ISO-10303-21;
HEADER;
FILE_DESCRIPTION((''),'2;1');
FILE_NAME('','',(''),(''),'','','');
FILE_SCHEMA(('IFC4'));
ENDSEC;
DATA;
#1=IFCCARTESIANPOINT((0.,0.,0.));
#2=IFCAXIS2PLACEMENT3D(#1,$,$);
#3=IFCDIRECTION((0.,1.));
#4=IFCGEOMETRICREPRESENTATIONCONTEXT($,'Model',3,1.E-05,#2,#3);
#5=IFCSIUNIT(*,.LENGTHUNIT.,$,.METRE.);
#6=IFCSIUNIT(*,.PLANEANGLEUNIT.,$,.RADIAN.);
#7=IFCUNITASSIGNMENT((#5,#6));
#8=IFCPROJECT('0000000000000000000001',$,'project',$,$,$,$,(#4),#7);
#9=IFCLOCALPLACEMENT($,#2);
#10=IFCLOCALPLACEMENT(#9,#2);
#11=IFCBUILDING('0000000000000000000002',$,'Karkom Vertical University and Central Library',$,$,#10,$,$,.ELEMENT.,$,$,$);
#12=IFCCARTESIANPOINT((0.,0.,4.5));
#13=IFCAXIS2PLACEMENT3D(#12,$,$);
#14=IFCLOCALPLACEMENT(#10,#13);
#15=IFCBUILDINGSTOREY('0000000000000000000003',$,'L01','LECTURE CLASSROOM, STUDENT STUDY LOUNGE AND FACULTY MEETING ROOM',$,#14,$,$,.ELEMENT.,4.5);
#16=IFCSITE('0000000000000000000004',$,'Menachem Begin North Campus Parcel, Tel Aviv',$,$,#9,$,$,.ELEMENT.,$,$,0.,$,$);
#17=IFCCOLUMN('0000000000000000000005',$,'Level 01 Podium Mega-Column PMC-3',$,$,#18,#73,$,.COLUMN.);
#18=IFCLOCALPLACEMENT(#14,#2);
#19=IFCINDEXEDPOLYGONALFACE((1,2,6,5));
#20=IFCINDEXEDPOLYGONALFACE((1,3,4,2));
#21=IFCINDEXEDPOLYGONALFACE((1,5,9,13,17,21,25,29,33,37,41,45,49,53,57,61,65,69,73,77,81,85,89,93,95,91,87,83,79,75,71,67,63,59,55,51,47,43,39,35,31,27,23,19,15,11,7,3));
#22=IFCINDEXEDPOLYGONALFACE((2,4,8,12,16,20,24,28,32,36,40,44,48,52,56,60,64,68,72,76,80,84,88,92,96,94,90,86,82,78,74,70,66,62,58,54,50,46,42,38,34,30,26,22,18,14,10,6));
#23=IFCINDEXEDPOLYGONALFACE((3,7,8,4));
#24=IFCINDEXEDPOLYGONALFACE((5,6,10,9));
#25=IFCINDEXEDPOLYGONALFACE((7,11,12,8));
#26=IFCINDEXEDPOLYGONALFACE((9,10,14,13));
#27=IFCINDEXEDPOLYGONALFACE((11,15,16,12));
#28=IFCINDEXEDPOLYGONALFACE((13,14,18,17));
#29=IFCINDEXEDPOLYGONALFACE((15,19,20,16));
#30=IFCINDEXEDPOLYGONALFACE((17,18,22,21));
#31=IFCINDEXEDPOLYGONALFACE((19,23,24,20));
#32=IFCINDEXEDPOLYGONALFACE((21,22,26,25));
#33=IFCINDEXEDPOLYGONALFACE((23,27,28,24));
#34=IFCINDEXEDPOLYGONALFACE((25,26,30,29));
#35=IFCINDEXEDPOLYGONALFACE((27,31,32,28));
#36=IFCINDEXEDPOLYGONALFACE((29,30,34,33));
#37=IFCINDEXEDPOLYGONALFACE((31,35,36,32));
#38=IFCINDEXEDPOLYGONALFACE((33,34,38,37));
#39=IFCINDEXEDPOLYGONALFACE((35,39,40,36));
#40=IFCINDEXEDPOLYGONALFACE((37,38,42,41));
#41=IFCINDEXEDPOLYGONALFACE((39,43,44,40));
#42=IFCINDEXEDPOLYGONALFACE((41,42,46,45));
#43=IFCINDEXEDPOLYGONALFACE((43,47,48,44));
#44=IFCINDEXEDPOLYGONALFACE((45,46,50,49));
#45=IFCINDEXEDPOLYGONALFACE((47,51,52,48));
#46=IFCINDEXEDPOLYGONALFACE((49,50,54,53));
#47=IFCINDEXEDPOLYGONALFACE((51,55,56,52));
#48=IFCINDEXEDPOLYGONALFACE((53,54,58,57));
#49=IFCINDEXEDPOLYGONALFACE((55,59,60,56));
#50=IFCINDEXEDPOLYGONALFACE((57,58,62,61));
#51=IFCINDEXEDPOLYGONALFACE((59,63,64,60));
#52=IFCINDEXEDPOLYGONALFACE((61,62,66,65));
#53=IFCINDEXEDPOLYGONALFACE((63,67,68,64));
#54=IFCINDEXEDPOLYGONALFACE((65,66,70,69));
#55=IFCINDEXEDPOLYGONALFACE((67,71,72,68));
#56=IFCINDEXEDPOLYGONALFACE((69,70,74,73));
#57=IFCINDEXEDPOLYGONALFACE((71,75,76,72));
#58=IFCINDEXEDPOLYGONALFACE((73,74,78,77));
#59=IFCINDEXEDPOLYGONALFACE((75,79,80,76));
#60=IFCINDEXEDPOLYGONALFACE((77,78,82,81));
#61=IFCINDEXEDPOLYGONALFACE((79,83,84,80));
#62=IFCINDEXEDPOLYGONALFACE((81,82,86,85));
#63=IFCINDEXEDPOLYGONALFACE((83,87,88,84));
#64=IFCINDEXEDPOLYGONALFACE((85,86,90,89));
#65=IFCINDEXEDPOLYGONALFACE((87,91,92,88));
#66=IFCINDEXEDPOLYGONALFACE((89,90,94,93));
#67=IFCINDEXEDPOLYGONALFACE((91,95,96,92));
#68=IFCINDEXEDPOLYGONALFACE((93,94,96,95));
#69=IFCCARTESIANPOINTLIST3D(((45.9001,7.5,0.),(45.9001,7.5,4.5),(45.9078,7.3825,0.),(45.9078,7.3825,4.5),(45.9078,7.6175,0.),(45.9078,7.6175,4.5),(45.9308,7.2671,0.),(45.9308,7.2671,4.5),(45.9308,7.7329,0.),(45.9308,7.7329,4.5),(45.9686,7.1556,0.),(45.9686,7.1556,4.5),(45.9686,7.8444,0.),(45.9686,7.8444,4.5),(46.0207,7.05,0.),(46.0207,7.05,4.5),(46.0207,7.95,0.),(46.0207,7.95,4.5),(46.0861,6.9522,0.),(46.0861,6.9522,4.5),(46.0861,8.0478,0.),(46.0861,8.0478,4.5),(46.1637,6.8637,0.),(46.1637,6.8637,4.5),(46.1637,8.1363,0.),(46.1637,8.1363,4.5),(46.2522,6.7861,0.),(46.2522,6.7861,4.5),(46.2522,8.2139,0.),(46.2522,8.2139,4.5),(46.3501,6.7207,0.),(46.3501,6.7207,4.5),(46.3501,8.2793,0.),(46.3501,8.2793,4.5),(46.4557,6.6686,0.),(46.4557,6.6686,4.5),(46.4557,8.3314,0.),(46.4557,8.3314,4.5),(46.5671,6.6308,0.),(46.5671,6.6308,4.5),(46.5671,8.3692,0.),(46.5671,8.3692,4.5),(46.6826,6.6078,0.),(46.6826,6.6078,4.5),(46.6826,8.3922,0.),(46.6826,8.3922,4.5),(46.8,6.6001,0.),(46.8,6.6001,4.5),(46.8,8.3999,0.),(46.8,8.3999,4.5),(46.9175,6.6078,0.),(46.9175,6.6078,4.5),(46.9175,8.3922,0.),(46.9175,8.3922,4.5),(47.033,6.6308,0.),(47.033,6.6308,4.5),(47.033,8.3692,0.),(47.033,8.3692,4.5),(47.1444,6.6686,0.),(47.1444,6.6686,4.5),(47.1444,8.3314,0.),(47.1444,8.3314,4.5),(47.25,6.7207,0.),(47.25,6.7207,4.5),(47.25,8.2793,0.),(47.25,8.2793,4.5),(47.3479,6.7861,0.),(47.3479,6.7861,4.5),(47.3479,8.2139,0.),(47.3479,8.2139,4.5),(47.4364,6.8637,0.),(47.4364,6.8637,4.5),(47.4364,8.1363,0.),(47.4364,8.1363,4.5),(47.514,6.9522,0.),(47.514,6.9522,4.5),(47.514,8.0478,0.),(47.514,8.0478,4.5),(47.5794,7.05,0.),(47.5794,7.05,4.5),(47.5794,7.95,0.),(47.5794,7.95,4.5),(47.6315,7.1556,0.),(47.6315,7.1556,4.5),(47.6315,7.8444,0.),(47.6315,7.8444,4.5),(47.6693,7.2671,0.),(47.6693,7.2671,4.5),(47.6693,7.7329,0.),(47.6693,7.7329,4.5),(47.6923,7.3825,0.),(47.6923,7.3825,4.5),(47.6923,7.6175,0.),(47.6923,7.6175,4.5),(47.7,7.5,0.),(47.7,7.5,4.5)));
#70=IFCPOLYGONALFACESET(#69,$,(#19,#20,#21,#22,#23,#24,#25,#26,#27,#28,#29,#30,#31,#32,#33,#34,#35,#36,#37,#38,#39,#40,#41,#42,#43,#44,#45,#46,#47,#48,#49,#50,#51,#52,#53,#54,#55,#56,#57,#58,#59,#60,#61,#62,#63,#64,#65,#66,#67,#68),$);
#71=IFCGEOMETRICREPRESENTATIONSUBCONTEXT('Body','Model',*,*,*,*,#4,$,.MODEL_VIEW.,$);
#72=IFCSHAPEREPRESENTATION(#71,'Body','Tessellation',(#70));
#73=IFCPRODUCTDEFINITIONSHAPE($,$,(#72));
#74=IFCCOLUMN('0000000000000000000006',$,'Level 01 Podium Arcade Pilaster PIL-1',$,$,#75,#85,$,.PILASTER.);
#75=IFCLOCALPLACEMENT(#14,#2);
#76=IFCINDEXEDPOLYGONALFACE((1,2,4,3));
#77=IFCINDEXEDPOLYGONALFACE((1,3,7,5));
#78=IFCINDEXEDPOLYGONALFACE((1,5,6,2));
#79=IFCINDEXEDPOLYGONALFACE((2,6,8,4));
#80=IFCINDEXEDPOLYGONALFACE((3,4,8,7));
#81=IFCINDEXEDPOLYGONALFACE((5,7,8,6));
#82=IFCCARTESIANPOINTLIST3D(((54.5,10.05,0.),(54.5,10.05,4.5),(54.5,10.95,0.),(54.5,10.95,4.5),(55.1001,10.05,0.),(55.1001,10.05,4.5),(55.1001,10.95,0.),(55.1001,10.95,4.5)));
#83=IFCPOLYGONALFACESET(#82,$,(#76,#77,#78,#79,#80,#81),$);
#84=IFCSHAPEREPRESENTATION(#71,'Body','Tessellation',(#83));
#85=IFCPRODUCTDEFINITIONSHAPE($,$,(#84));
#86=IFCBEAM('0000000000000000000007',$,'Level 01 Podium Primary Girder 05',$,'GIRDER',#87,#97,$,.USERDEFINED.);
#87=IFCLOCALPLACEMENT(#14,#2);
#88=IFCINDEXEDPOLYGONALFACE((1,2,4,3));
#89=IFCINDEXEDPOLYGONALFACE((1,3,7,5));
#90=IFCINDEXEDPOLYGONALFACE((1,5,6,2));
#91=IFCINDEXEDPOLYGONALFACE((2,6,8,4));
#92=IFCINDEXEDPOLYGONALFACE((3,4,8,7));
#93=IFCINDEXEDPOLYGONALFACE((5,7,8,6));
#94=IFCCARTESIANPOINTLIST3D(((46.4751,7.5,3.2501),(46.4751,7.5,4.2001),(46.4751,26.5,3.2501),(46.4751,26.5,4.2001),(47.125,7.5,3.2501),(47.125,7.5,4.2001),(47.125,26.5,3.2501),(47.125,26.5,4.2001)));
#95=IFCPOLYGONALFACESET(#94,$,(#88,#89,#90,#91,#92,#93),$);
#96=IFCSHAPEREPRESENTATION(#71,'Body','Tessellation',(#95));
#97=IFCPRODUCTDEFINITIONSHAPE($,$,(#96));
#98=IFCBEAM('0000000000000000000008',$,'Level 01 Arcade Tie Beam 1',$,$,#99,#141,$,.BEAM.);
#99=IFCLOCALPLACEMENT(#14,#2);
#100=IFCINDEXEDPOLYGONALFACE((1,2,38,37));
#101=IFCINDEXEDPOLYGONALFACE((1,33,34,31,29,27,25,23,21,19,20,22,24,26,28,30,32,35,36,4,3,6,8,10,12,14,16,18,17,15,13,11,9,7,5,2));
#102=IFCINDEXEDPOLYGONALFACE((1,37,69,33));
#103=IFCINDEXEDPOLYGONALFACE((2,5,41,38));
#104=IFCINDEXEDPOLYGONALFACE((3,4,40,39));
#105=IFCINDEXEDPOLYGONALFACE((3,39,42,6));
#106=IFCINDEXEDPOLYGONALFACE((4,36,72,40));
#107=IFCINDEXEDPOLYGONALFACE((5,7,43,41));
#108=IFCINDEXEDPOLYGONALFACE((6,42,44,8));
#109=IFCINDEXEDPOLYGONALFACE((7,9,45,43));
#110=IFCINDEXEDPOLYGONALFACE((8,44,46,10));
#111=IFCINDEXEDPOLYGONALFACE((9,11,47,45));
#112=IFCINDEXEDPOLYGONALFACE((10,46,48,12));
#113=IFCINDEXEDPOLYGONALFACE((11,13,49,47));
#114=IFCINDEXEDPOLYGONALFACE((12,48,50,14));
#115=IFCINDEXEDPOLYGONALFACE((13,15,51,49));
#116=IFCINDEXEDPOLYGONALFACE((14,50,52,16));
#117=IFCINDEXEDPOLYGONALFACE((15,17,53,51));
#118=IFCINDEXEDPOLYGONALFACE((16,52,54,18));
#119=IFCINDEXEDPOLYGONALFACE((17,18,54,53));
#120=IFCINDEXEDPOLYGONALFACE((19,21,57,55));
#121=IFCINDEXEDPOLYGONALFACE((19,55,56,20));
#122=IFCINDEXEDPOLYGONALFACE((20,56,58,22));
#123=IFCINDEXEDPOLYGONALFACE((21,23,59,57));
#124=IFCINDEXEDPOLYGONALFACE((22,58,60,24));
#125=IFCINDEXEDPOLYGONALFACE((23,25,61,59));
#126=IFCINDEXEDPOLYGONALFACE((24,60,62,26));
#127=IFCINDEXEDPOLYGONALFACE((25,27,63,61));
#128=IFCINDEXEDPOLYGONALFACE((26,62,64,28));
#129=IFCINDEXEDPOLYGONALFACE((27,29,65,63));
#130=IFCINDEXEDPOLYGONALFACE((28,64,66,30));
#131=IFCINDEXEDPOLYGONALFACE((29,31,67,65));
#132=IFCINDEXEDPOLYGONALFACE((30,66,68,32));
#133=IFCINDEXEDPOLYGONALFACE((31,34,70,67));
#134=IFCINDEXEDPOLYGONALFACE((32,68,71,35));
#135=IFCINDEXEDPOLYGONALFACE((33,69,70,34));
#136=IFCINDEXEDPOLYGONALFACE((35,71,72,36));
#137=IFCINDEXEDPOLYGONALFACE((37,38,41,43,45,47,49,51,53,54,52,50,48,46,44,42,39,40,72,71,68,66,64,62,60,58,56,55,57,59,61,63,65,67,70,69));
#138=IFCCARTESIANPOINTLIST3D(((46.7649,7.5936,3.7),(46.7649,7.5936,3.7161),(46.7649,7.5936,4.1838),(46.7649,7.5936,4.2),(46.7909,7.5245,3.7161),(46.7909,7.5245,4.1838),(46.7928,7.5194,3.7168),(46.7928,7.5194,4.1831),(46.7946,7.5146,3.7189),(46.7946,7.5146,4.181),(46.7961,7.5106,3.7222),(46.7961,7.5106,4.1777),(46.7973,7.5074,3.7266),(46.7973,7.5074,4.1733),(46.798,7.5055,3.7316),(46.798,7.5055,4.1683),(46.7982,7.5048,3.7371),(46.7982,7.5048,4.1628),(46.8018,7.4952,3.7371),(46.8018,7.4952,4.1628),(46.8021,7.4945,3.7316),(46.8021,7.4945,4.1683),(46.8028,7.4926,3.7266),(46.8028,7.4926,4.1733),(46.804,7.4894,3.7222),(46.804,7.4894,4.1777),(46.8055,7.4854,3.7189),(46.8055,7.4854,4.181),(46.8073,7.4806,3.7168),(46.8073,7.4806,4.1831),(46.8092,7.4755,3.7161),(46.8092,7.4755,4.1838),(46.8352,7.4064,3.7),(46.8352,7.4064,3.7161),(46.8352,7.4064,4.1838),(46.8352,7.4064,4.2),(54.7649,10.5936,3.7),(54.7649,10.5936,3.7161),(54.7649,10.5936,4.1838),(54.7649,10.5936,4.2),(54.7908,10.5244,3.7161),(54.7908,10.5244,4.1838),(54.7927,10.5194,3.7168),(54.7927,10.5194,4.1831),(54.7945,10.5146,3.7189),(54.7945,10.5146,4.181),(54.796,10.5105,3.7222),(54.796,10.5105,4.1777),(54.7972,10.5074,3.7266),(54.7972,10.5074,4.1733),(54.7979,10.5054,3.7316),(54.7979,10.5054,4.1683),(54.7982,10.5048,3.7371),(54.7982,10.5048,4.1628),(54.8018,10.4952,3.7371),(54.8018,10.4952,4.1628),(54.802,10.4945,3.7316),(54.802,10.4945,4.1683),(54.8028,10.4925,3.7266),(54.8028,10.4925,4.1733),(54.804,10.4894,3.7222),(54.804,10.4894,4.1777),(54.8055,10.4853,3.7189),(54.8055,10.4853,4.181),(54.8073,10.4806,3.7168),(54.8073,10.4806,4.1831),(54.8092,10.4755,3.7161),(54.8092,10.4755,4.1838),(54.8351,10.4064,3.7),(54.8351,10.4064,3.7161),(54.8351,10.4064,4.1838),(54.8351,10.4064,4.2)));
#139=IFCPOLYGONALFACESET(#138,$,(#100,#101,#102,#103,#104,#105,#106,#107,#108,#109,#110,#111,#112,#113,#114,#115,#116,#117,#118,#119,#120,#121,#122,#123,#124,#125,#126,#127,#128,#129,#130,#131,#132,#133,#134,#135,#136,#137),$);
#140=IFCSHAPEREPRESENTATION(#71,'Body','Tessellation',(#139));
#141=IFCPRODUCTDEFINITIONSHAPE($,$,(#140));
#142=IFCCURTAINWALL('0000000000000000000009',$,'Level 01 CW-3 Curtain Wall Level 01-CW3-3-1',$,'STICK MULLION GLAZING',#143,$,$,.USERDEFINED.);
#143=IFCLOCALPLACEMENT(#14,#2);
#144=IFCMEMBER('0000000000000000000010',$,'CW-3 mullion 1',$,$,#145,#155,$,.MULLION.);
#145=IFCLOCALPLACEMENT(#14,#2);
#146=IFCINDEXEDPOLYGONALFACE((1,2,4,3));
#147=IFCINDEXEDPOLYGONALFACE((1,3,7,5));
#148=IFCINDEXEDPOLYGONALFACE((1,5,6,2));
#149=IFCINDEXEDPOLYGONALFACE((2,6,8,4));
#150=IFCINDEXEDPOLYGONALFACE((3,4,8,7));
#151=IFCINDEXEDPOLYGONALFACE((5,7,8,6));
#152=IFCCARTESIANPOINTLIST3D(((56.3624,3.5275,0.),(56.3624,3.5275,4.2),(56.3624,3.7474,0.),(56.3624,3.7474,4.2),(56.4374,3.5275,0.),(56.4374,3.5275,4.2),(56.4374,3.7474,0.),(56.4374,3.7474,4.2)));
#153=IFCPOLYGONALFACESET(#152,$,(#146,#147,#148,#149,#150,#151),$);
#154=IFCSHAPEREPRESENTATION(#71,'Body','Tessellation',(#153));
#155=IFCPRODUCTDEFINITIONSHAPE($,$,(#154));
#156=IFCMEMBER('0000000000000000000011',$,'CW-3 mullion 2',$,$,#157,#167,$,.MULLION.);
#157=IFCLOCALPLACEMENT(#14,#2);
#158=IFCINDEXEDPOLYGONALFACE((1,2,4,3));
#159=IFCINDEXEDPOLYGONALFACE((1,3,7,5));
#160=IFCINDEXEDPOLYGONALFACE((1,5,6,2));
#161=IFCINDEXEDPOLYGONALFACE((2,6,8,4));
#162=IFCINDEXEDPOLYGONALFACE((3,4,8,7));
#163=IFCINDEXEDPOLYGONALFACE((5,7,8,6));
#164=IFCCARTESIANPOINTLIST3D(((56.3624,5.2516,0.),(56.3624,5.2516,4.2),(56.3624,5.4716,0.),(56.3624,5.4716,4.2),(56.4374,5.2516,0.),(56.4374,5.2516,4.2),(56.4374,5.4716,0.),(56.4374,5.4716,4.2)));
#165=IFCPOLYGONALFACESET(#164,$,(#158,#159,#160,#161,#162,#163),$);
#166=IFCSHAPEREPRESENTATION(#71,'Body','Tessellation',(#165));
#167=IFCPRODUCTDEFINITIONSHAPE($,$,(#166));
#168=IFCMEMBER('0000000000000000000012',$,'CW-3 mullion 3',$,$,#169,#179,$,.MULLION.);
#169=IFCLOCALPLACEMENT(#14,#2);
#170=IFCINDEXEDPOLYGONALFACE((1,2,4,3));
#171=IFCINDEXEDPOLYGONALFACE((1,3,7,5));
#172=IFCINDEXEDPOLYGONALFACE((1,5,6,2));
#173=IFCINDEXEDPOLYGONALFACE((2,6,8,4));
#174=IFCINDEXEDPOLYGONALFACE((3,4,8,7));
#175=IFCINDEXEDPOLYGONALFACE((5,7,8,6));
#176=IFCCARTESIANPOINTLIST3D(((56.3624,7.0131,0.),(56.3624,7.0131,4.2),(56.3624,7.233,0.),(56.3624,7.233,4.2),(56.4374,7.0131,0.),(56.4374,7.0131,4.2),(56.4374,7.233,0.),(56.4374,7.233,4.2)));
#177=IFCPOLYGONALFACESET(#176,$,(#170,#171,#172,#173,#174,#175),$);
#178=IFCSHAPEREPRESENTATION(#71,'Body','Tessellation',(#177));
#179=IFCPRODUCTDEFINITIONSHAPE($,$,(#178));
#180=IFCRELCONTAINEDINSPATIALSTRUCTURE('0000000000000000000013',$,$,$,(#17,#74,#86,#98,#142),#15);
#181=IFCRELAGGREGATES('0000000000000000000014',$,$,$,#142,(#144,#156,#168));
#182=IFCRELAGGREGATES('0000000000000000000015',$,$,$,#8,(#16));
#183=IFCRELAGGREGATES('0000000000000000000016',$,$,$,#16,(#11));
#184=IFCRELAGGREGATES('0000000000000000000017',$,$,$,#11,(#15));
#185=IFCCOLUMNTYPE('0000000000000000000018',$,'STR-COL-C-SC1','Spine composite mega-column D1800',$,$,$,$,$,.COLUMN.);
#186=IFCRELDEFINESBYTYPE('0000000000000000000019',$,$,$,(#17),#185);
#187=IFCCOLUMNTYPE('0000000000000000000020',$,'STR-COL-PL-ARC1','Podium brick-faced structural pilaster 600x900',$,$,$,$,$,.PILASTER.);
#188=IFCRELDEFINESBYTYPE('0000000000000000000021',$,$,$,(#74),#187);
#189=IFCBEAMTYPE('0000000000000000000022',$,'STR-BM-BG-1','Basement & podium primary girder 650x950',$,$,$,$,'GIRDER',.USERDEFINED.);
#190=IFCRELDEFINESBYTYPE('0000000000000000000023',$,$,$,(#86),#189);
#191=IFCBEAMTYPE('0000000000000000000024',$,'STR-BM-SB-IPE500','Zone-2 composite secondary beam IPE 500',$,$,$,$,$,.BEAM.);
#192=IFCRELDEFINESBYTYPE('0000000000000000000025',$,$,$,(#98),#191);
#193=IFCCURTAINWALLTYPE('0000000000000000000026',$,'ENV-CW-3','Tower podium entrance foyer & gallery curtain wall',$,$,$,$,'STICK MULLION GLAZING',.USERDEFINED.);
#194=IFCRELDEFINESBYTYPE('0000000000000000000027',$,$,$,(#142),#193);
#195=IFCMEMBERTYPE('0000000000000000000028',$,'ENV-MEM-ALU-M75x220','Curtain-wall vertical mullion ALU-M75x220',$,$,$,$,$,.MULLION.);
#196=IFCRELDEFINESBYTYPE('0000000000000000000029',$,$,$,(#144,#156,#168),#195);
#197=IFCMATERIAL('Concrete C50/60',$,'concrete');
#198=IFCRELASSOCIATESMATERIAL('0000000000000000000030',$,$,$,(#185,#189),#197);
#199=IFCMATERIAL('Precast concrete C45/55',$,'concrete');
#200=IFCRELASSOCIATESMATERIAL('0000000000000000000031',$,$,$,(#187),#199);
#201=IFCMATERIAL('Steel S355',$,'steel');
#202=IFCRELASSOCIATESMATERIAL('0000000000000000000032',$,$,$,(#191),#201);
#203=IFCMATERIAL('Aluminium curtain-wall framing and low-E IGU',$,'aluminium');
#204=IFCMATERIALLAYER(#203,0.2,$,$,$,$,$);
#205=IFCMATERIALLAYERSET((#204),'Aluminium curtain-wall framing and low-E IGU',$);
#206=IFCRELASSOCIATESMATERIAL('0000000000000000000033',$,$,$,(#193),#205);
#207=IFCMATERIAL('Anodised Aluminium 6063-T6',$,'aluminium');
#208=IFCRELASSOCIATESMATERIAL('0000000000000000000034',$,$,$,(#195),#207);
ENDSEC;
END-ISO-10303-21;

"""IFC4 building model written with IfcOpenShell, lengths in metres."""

from ifc_helpers import new_model, si_unit, direction, frame, origin, origin_with_axes, origin_2d, place, context, subcontext, project, spatial, rectangle, circle, i_section, extrude, source, transform, mapped, material, layer, layer_set, material_profile, profile_set, type_object, element, aggregate, save


model = new_model("IFC4")

# Units and contexts
model_context = context("Model", 3, precision=1e-05, world=origin(), true_north=direction((0.0, 1.0)))
body_context = subcontext(model_context, "Body", "Model", "MODEL_VIEW")
ifc_project = project(units=[si_unit("LENGTHUNIT", "METRE"), si_unit("PLANEANGLEUNIT", "RADIAN")], contexts=[model_context])

# Site, building, storey
site_placement = place(None, origin())
site = spatial("IfcSite", under=ifc_project, at=site_placement, Name="Menachem Begin North Campus Parcel, Tel Aviv", CompositionType="ELEMENT", RefElevation=0.0)
building_placement = place(site_placement, origin())
building = spatial("IfcBuilding", under=site, at=building_placement, Name="Karkom Vertical University and Central Library", CompositionType="ELEMENT")
storey_placement = place(building_placement, frame((0.0, 0.0, 4.5)))
storey = spatial("IfcBuildingStorey", under=building, at=storey_placement, Name="L01", Description="LECTURE CLASSROOM, STUDENT STUDY LOUNGE AND FACULTY MEETING ROOM", CompositionType="ELEMENT", Elevation=4.5)

# Columns
ifc_material_1 = material(Name="Concrete C50/60", Category="concrete")
ifc_material_profile_1 = material_profile(ifc_material_1, circle(Radius=0.8999, at=origin_2d()), Name="CFT-D1800")
ifc_profile_set_1 = profile_set([ifc_material_profile_1], Name="Concrete C50/60")
column_type_1 = type_object("IfcColumnType", Name="STR-COL-C-SC1", Description="Spine composite mega-column D1800", PredefinedType="COLUMN", material=ifc_profile_set_1)
shared_shape_1 = source(origin_with_axes(), body_context, "Body", "SweptSolid", [
    extrude(circle(Radius=0.8999, at=origin_2d()), origin(), (0.0, 0.0, 1.0), 4.5),
])
column_1_placement = place(storey_placement, frame((46.8, 7.5, 0.0), z_axis=(0.0, 0.0, 1.0), x_axis=(1.0, 0.0, 0.0)))
element("IfcColumn", 1, at=column_1_placement, inside=storey, type_object=column_type_1, Name="Level 01 Podium Mega-Column PMC-3", PredefinedType="COLUMN", context=body_context, shape_type="MappedRepresentation", body=[
    mapped(shared_shape_1, transform((0.0, 0.0, 0.0), scale=1.0)),
])
ifc_material_2 = material(Name="Precast concrete C45/55", Category="concrete")
ifc_material_profile_2 = material_profile(ifc_material_2, rectangle(XDim=0.6001, YDim=0.8999, at=origin_2d()), Name="PIL-600x900")
ifc_profile_set_2 = profile_set([ifc_material_profile_2], Name="Precast concrete C45/55")
column_type_2 = type_object("IfcColumnType", Name="STR-COL-PL-ARC1", Description="Podium brick-faced structural pilaster 600x900", PredefinedType="PILASTER", material=ifc_profile_set_2)
shared_shape_2 = source(origin_with_axes(), body_context, "Body", "SweptSolid", [
    extrude(rectangle(XDim=0.6001, YDim=0.8999, at=origin_2d()), origin(), (0.0, 0.0, 1.0), 4.5),
])
column_2_placement = place(storey_placement, frame((54.8, 10.5, 0.0), z_axis=(0.0, 0.0, 1.0), x_axis=(1.0, 0.0, 0.0)))
element("IfcColumn", 2, at=column_2_placement, inside=storey, type_object=column_type_2, Name="Level 01 Podium Arcade Pilaster PIL-1", PredefinedType="PILASTER", context=body_context, shape_type="MappedRepresentation", body=[
    mapped(shared_shape_2, transform((0.0, 0.0, 0.0), scale=1.0)),
])

# Beams
ifc_material_profile_3 = material_profile(ifc_material_1, rectangle(XDim=0.6499, YDim=0.95, at=origin_2d()), Name="RCG-650x950")
ifc_profile_set_3 = profile_set([ifc_material_profile_3], Name="Concrete C50/60")
beam_type_1 = type_object("IfcBeamType", Name="STR-BM-BG-1", Description="Basement & podium primary girder 650x950", ElementType="GIRDER", PredefinedType="USERDEFINED", material=ifc_profile_set_3)
shared_shape_3 = source(origin_with_axes(), body_context, "Body", "SweptSolid", [
    extrude(rectangle(XDim=0.6499, YDim=0.95, at=origin_2d()), origin(), (0.0, 0.0, 1.0), 19.0),
])
beam_1_placement = place(storey_placement, frame((46.8, 7.5, 3.7251), z_axis=(0.0, 1.0, 0.0), x_axis=(-1.0, 0.0, 0.0)))
element("IfcBeam", 3, at=beam_1_placement, inside=storey, type_object=beam_type_1, Name="Level 01 Podium Primary Girder 05", ObjectType="GIRDER", PredefinedType="USERDEFINED", context=body_context, shape_type="MappedRepresentation", body=[
    mapped(shared_shape_3, transform((0.0, 0.0, 0.0), scale=1.0)),
])
ifc_material_3 = material(Name="Steel S355", Category="steel")
ifc_material_profile_4 = material_profile(ifc_material_3, i_section(OverallWidth=0.2, OverallDepth=0.5, WebThickness=0.0103, FlangeThickness=0.0161, FilletRadius=0.021, at=origin_2d()), Name="IPE 500")
ifc_profile_set_4 = profile_set([ifc_material_profile_4], Name="Steel S355")
beam_type_2 = type_object("IfcBeamType", Name="STR-BM-SB-IPE500", Description="Zone-2 composite secondary beam IPE 500", PredefinedType="BEAM", material=ifc_profile_set_4)
shared_shape_4 = source(origin_with_axes(), body_context, "Body", "SweptSolid", [
    extrude(i_section(OverallWidth=0.2, OverallDepth=0.5, WebThickness=0.0103, FlangeThickness=0.0161, FilletRadius=0.021, at=origin_2d()), origin(), (0.0, 0.0, 1.0), 8.5439),
])
beam_2_placement = place(storey_placement, frame((46.8, 7.5, 3.95), z_axis=(0.936329, 0.351123, 0.0), x_axis=(-0.351123, 0.936329, 0.0)))
element("IfcBeam", 4, at=beam_2_placement, inside=storey, type_object=beam_type_2, Name="Level 01 Arcade Tie Beam 1", PredefinedType="BEAM", context=body_context, shape_type="MappedRepresentation", body=[
    mapped(shared_shape_4, transform((0.0, 0.0, 0.0), scale=1.0)),
])

# Curtain wall, members
ifc_material_4 = material(Name="Aluminium curtain-wall framing and low-E IGU", Category="aluminium")
ifc_layer_1 = layer(ifc_material_4, 0.2)
ifc_layer_set_1 = layer_set([ifc_layer_1], Name="Aluminium curtain-wall framing and low-E IGU")
curtain_wall_type = type_object("IfcCurtainWallType", Name="ENV-CW-3", Description="Tower podium entrance foyer & gallery curtain wall", ElementType="STICK MULLION GLAZING", PredefinedType="USERDEFINED", material=ifc_layer_set_1)
curtain_wall_placement = place(storey_placement, origin())
curtain_wall = element("IfcCurtainWall", 5, at=curtain_wall_placement, inside=storey, type_object=curtain_wall_type, Name="Level 01 CW-3 Curtain Wall Level 01-CW3-3-1", ObjectType="STICK MULLION GLAZING", PredefinedType="USERDEFINED")
ifc_material_5 = material(Name="Anodised Aluminium 6063-T6", Category="aluminium")
ifc_material_profile_5 = material_profile(ifc_material_5, rectangle(XDim=0.075, YDim=0.22, at=origin_2d()), Name="ALU-M75x220")
ifc_profile_set_5 = profile_set([ifc_material_profile_5], Name="Anodised Aluminium 6063-T6")
member_type_1 = type_object("IfcMemberType", Name="ENV-MEM-ALU-M75x220", Description="Curtain-wall vertical mullion ALU-M75x220", PredefinedType="MULLION", material=ifc_profile_set_5)
shared_shape_5 = source(origin_with_axes(), body_context, "Body", "SweptSolid", [
    extrude(rectangle(XDim=0.075, YDim=0.22, at=origin_2d()), origin(), (0.0, 0.0, 1.0), 4.2),
])
member_1_placement = place(storey_placement, frame((56.3999, 3.6375, 0.0), z_axis=(0.0, 0.0, 1.0), x_axis=(-1.0, 0.0, 0.0)))
member_1 = element("IfcMember", 6, at=member_1_placement, type_object=member_type_1, Name="CW-3 mullion 1", PredefinedType="MULLION", context=body_context, shape_type="MappedRepresentation", body=[
    mapped(shared_shape_5, transform((0.0, 0.0, 0.0), scale=1.0)),
])
member_2_placement = place(storey_placement, frame((56.3999, 5.3616, 0.0), z_axis=(0.0, 0.0, 1.0), x_axis=(-1.0, 0.0, 0.0)))
member_2 = element("IfcMember", 7, at=member_2_placement, type_object=member_type_1, Name="CW-3 mullion 2", PredefinedType="MULLION", context=body_context, shape_type="MappedRepresentation", body=[
    mapped(shared_shape_5, transform((0.0, 0.0, 0.0), scale=1.0)),
])
member_3_placement = place(storey_placement, frame((56.3999, 7.123, 0.0), z_axis=(0.0, 0.0, 1.0), x_axis=(-1.0, 0.0, 0.0)))
member_3 = element("IfcMember", 8, at=member_3_placement, type_object=member_type_1, Name="CW-3 mullion 3", PredefinedType="MULLION", context=body_context, shape_type="MappedRepresentation", body=[
    mapped(shared_shape_5, transform((0.0, 0.0, 0.0), scale=1.0)),
])
aggregate(curtain_wall, [member_1, member_2, member_3])

save(model, "model.ifc")
